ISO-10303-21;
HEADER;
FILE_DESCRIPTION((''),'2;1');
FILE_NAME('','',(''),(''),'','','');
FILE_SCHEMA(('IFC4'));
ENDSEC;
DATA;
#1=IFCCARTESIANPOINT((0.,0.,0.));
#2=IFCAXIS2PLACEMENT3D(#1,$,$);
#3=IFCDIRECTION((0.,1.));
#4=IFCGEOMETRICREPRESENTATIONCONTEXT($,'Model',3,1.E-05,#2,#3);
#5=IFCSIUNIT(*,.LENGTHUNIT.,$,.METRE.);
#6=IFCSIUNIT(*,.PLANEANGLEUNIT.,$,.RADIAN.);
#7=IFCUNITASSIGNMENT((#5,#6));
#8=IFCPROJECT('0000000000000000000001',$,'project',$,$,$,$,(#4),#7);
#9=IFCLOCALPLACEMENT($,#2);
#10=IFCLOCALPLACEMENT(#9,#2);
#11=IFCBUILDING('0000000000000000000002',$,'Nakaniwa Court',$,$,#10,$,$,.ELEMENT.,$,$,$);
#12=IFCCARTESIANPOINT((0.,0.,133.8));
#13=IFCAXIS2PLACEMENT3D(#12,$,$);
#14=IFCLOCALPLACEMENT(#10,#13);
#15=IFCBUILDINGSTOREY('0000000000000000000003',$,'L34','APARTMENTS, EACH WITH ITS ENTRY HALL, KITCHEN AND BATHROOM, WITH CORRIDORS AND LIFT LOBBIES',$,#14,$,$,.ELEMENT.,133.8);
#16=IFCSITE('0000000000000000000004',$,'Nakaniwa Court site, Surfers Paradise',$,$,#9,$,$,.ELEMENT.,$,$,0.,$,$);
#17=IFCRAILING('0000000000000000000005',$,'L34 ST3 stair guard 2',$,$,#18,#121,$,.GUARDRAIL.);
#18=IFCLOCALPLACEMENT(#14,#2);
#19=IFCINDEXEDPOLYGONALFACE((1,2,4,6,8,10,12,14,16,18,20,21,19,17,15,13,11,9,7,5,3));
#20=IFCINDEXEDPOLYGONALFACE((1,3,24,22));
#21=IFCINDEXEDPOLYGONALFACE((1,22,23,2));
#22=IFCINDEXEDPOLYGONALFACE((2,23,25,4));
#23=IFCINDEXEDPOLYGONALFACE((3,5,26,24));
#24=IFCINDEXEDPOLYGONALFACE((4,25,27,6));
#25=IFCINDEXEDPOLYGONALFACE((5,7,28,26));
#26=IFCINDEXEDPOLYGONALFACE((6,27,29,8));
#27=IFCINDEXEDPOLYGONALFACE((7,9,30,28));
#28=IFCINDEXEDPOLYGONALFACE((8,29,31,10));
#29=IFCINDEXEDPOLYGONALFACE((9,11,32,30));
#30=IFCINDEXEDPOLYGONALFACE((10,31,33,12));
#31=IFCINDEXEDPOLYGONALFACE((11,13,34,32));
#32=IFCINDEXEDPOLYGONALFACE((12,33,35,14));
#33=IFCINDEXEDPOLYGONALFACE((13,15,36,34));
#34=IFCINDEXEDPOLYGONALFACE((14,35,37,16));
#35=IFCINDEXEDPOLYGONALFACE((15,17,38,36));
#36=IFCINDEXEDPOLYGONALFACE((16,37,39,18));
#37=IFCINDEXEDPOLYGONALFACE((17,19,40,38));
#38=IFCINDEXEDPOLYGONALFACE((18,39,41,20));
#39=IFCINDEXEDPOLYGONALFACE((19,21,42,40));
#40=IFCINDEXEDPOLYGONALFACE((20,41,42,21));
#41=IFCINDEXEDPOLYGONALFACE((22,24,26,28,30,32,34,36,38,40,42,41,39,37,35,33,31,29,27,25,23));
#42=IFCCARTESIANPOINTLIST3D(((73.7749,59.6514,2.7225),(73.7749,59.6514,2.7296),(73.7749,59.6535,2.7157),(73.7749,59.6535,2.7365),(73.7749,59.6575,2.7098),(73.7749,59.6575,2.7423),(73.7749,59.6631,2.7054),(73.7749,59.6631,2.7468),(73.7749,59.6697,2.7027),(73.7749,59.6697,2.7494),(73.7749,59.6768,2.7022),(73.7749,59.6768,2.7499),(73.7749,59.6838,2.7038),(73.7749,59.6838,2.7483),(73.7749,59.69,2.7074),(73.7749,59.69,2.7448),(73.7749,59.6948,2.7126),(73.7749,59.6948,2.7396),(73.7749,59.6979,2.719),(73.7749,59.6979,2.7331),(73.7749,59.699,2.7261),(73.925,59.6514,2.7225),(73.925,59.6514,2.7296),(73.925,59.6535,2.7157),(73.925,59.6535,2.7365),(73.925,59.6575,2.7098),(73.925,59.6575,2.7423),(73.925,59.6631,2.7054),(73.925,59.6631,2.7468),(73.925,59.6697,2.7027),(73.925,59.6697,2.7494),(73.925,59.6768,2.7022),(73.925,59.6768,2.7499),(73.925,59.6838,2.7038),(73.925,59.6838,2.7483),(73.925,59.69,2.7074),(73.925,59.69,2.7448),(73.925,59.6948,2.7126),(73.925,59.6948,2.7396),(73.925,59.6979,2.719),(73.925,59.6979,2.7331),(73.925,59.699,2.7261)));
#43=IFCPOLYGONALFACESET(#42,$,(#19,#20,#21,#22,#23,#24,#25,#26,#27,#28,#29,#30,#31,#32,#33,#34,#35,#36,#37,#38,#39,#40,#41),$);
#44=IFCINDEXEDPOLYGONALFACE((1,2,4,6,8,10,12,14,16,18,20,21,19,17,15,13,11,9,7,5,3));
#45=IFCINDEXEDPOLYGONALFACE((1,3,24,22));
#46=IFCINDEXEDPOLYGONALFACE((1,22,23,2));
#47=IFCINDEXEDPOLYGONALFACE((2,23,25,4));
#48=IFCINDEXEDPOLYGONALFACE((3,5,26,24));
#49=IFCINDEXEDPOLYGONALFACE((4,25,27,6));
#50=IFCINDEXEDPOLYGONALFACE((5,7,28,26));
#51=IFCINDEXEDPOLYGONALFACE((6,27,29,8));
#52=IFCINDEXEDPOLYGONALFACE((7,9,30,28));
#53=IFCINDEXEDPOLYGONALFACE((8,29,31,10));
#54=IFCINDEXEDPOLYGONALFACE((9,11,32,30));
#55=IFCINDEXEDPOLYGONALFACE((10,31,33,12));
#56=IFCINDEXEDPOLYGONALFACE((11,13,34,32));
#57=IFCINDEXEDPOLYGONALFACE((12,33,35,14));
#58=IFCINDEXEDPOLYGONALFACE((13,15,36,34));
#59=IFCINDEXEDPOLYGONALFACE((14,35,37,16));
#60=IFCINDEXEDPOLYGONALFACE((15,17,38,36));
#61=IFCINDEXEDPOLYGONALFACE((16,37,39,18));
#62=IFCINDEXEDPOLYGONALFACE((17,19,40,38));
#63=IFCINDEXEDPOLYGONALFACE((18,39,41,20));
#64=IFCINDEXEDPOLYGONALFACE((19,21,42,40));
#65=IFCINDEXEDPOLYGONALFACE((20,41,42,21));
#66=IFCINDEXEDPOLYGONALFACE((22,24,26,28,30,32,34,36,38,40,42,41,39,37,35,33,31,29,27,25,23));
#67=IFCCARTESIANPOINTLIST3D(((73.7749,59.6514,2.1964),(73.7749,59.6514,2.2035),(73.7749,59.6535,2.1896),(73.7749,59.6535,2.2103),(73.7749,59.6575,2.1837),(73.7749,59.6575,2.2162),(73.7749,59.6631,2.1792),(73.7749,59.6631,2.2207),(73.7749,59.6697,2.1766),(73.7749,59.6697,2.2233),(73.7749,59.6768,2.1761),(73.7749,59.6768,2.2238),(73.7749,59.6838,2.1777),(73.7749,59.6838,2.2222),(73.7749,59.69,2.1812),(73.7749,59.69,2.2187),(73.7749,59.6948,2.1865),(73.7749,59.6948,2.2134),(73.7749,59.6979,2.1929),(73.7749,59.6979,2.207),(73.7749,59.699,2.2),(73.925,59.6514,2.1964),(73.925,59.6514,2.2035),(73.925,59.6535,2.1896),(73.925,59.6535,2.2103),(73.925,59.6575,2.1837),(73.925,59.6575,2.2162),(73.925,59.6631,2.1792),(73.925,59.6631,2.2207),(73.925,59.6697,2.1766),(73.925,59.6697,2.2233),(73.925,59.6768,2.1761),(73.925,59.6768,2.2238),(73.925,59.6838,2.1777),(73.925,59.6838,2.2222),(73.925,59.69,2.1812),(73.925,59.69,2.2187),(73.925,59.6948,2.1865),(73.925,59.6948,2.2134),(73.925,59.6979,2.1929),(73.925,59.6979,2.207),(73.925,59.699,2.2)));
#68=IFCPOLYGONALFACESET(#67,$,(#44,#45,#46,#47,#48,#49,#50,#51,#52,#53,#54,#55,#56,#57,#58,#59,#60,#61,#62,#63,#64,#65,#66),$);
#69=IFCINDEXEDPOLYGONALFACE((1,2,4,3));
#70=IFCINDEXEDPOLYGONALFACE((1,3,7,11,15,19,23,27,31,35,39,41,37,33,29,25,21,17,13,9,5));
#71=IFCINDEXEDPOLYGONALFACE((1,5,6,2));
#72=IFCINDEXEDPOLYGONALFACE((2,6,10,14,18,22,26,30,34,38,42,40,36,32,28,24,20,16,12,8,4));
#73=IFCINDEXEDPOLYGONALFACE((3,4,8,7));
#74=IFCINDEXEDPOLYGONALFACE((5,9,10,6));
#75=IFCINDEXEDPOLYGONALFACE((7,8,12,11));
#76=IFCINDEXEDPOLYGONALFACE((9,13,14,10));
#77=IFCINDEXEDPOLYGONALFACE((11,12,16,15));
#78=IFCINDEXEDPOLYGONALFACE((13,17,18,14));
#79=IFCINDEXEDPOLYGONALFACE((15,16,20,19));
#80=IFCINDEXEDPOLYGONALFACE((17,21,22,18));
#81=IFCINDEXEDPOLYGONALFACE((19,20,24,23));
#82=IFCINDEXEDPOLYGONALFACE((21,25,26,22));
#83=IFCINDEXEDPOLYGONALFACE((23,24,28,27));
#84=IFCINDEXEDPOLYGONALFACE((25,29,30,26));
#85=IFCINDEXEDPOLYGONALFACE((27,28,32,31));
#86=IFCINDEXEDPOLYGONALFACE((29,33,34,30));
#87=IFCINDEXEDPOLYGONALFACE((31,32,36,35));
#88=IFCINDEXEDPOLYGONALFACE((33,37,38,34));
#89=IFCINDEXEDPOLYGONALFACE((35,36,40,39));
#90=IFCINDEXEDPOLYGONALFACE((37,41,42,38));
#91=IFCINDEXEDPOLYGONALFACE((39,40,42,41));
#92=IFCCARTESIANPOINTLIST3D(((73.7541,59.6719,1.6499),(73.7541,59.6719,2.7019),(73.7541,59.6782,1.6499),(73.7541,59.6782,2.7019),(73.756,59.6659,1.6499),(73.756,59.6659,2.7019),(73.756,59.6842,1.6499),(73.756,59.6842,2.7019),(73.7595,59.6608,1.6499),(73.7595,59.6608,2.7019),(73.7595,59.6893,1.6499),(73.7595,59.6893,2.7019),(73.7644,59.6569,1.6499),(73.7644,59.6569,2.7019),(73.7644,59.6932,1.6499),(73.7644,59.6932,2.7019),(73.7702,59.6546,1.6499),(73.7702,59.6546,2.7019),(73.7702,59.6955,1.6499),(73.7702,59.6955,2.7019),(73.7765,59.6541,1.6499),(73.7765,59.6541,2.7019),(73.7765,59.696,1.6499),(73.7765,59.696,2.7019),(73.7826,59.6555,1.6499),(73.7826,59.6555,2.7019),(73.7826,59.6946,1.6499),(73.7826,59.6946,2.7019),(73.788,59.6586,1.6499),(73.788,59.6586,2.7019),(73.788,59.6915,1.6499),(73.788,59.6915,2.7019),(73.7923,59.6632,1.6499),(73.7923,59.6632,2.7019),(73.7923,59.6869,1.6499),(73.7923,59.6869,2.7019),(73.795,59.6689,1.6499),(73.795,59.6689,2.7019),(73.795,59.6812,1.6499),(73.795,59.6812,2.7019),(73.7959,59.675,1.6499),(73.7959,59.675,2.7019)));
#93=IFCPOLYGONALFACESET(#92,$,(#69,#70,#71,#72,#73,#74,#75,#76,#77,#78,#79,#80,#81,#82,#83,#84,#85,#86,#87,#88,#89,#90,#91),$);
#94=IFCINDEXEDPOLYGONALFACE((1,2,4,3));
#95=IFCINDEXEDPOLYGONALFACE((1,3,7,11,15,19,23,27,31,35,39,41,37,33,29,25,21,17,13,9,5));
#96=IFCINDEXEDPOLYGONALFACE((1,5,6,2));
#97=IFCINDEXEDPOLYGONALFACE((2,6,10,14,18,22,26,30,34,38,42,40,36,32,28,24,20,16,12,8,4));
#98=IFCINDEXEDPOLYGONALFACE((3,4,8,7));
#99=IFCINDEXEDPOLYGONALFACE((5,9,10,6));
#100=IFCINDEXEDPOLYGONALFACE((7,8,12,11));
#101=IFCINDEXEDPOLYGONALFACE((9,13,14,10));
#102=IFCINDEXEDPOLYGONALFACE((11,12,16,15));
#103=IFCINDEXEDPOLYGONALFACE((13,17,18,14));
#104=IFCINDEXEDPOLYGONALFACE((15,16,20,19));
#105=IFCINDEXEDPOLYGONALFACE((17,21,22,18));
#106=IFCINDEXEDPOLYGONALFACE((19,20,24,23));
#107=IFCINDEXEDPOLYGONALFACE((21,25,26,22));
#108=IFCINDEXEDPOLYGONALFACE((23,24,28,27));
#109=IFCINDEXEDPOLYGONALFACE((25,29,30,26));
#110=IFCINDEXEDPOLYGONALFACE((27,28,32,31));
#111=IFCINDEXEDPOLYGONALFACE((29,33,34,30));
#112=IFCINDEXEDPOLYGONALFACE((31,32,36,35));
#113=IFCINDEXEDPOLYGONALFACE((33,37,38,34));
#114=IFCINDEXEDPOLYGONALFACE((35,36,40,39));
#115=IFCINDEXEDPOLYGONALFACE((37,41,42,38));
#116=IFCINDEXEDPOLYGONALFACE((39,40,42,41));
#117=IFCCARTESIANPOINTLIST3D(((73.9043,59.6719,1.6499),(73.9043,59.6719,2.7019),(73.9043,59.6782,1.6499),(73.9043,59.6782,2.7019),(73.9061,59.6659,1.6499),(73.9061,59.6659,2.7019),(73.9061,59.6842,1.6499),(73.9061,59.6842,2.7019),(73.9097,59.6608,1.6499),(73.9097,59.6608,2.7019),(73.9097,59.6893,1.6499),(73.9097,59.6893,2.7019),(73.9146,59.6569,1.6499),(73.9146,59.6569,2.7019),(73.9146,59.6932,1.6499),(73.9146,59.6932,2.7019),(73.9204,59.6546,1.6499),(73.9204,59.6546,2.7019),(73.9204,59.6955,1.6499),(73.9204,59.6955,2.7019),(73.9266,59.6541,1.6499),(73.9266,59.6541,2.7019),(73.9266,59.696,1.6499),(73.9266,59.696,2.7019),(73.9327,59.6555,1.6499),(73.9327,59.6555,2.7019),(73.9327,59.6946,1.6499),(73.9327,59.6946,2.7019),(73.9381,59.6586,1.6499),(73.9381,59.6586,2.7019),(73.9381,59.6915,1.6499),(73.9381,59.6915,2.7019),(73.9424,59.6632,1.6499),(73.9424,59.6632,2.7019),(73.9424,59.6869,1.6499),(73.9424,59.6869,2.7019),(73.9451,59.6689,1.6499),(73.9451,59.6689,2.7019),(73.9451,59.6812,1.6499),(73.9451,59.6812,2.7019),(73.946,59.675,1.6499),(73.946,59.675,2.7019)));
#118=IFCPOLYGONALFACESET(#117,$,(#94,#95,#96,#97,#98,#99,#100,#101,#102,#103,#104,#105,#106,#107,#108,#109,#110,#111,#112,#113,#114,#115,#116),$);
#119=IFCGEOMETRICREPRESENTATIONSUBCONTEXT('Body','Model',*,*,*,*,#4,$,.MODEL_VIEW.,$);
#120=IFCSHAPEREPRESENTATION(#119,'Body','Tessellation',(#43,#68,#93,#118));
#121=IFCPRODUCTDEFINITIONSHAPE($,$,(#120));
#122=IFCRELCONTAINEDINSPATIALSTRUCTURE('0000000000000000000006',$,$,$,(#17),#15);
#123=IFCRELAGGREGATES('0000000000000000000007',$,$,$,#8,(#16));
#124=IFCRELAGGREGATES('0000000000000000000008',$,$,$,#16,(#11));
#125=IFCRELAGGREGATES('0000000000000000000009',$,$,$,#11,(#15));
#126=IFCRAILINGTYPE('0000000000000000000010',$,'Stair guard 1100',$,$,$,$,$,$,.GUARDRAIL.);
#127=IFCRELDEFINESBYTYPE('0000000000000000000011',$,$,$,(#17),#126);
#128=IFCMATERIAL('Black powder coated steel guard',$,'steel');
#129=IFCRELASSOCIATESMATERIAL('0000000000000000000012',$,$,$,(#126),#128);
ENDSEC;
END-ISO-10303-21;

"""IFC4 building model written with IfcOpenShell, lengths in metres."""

from ifc_helpers import new_model, si_unit, direction, frame, origin, origin_2d, place, context, subcontext, project, spatial, circle, extrude, material, type_object, element, save


model = new_model("IFC4")

# Units and contexts
model_context = context("Model", 3, precision=1e-05, world=origin(), true_north=direction((0.0, 1.0)))
body_context = subcontext(model_context, "Body", "Model", "MODEL_VIEW")
ifc_project = project(units=[si_unit("LENGTHUNIT", "METRE"), si_unit("PLANEANGLEUNIT", "RADIAN")], contexts=[model_context])

# Site, building, storey
site_placement = place(None, origin())
site = spatial("IfcSite", under=ifc_project, at=site_placement, Name="Nakaniwa Court site, Surfers Paradise", CompositionType="ELEMENT", RefElevation=0.0)
building_placement = place(site_placement, origin())
building = spatial("IfcBuilding", under=site, at=building_placement, Name="Nakaniwa Court", CompositionType="ELEMENT")
storey_placement = place(building_placement, frame((0.0, 0.0, 133.8)))
storey = spatial("IfcBuildingStorey", under=building, at=storey_placement, Name="L34", Description="APARTMENTS, EACH WITH ITS ENTRY HALL, KITCHEN AND BATHROOM, WITH CORRIDORS AND LIFT LOBBIES", CompositionType="ELEMENT", Elevation=133.8)

# Railing
ifc_material_1 = material(Name="Black powder coated steel guard", Category="steel")
railing_type_1 = type_object("IfcRailingType", Name="Stair guard 1100", PredefinedType="GUARDRAIL", material=ifc_material_1)
railing_1_placement = place(storey_placement, frame((73.7749, 59.675, 1.6499)))
element("IfcRailing", 1, at=railing_1_placement, inside=storey, type_object=railing_type_1, Name="L34 ST3 stair guard 2", PredefinedType="GUARDRAIL", context=body_context, shape_type="SweptSolid", body=[
    extrude(circle(Radius=0.0239, at=origin_2d()), frame((0.0, 0.0, 1.0762), z_axis=(1.0, 0.0, 0.0), x_axis=(0.0, 1.0, 0.0)), (0.0, 0.0, 1.0), 0.1501),
    extrude(circle(Radius=0.0239, at=origin_2d()), frame((0.0, 0.0, 0.55), z_axis=(1.0, 0.0, 0.0), x_axis=(0.0, 1.0, 0.0)), (0.0, 0.0, 1.0), 0.1501),
    extrude(circle(Radius=0.021, at=origin_2d()), origin(), (0.0, 0.0, 1.0), 1.052),
    extrude(circle(Radius=0.021, at=origin_2d()), frame((0.1501, 0.0, 0.0)), (0.0, 0.0, 1.0), 1.052),
])

save(model, "model.ifc")
